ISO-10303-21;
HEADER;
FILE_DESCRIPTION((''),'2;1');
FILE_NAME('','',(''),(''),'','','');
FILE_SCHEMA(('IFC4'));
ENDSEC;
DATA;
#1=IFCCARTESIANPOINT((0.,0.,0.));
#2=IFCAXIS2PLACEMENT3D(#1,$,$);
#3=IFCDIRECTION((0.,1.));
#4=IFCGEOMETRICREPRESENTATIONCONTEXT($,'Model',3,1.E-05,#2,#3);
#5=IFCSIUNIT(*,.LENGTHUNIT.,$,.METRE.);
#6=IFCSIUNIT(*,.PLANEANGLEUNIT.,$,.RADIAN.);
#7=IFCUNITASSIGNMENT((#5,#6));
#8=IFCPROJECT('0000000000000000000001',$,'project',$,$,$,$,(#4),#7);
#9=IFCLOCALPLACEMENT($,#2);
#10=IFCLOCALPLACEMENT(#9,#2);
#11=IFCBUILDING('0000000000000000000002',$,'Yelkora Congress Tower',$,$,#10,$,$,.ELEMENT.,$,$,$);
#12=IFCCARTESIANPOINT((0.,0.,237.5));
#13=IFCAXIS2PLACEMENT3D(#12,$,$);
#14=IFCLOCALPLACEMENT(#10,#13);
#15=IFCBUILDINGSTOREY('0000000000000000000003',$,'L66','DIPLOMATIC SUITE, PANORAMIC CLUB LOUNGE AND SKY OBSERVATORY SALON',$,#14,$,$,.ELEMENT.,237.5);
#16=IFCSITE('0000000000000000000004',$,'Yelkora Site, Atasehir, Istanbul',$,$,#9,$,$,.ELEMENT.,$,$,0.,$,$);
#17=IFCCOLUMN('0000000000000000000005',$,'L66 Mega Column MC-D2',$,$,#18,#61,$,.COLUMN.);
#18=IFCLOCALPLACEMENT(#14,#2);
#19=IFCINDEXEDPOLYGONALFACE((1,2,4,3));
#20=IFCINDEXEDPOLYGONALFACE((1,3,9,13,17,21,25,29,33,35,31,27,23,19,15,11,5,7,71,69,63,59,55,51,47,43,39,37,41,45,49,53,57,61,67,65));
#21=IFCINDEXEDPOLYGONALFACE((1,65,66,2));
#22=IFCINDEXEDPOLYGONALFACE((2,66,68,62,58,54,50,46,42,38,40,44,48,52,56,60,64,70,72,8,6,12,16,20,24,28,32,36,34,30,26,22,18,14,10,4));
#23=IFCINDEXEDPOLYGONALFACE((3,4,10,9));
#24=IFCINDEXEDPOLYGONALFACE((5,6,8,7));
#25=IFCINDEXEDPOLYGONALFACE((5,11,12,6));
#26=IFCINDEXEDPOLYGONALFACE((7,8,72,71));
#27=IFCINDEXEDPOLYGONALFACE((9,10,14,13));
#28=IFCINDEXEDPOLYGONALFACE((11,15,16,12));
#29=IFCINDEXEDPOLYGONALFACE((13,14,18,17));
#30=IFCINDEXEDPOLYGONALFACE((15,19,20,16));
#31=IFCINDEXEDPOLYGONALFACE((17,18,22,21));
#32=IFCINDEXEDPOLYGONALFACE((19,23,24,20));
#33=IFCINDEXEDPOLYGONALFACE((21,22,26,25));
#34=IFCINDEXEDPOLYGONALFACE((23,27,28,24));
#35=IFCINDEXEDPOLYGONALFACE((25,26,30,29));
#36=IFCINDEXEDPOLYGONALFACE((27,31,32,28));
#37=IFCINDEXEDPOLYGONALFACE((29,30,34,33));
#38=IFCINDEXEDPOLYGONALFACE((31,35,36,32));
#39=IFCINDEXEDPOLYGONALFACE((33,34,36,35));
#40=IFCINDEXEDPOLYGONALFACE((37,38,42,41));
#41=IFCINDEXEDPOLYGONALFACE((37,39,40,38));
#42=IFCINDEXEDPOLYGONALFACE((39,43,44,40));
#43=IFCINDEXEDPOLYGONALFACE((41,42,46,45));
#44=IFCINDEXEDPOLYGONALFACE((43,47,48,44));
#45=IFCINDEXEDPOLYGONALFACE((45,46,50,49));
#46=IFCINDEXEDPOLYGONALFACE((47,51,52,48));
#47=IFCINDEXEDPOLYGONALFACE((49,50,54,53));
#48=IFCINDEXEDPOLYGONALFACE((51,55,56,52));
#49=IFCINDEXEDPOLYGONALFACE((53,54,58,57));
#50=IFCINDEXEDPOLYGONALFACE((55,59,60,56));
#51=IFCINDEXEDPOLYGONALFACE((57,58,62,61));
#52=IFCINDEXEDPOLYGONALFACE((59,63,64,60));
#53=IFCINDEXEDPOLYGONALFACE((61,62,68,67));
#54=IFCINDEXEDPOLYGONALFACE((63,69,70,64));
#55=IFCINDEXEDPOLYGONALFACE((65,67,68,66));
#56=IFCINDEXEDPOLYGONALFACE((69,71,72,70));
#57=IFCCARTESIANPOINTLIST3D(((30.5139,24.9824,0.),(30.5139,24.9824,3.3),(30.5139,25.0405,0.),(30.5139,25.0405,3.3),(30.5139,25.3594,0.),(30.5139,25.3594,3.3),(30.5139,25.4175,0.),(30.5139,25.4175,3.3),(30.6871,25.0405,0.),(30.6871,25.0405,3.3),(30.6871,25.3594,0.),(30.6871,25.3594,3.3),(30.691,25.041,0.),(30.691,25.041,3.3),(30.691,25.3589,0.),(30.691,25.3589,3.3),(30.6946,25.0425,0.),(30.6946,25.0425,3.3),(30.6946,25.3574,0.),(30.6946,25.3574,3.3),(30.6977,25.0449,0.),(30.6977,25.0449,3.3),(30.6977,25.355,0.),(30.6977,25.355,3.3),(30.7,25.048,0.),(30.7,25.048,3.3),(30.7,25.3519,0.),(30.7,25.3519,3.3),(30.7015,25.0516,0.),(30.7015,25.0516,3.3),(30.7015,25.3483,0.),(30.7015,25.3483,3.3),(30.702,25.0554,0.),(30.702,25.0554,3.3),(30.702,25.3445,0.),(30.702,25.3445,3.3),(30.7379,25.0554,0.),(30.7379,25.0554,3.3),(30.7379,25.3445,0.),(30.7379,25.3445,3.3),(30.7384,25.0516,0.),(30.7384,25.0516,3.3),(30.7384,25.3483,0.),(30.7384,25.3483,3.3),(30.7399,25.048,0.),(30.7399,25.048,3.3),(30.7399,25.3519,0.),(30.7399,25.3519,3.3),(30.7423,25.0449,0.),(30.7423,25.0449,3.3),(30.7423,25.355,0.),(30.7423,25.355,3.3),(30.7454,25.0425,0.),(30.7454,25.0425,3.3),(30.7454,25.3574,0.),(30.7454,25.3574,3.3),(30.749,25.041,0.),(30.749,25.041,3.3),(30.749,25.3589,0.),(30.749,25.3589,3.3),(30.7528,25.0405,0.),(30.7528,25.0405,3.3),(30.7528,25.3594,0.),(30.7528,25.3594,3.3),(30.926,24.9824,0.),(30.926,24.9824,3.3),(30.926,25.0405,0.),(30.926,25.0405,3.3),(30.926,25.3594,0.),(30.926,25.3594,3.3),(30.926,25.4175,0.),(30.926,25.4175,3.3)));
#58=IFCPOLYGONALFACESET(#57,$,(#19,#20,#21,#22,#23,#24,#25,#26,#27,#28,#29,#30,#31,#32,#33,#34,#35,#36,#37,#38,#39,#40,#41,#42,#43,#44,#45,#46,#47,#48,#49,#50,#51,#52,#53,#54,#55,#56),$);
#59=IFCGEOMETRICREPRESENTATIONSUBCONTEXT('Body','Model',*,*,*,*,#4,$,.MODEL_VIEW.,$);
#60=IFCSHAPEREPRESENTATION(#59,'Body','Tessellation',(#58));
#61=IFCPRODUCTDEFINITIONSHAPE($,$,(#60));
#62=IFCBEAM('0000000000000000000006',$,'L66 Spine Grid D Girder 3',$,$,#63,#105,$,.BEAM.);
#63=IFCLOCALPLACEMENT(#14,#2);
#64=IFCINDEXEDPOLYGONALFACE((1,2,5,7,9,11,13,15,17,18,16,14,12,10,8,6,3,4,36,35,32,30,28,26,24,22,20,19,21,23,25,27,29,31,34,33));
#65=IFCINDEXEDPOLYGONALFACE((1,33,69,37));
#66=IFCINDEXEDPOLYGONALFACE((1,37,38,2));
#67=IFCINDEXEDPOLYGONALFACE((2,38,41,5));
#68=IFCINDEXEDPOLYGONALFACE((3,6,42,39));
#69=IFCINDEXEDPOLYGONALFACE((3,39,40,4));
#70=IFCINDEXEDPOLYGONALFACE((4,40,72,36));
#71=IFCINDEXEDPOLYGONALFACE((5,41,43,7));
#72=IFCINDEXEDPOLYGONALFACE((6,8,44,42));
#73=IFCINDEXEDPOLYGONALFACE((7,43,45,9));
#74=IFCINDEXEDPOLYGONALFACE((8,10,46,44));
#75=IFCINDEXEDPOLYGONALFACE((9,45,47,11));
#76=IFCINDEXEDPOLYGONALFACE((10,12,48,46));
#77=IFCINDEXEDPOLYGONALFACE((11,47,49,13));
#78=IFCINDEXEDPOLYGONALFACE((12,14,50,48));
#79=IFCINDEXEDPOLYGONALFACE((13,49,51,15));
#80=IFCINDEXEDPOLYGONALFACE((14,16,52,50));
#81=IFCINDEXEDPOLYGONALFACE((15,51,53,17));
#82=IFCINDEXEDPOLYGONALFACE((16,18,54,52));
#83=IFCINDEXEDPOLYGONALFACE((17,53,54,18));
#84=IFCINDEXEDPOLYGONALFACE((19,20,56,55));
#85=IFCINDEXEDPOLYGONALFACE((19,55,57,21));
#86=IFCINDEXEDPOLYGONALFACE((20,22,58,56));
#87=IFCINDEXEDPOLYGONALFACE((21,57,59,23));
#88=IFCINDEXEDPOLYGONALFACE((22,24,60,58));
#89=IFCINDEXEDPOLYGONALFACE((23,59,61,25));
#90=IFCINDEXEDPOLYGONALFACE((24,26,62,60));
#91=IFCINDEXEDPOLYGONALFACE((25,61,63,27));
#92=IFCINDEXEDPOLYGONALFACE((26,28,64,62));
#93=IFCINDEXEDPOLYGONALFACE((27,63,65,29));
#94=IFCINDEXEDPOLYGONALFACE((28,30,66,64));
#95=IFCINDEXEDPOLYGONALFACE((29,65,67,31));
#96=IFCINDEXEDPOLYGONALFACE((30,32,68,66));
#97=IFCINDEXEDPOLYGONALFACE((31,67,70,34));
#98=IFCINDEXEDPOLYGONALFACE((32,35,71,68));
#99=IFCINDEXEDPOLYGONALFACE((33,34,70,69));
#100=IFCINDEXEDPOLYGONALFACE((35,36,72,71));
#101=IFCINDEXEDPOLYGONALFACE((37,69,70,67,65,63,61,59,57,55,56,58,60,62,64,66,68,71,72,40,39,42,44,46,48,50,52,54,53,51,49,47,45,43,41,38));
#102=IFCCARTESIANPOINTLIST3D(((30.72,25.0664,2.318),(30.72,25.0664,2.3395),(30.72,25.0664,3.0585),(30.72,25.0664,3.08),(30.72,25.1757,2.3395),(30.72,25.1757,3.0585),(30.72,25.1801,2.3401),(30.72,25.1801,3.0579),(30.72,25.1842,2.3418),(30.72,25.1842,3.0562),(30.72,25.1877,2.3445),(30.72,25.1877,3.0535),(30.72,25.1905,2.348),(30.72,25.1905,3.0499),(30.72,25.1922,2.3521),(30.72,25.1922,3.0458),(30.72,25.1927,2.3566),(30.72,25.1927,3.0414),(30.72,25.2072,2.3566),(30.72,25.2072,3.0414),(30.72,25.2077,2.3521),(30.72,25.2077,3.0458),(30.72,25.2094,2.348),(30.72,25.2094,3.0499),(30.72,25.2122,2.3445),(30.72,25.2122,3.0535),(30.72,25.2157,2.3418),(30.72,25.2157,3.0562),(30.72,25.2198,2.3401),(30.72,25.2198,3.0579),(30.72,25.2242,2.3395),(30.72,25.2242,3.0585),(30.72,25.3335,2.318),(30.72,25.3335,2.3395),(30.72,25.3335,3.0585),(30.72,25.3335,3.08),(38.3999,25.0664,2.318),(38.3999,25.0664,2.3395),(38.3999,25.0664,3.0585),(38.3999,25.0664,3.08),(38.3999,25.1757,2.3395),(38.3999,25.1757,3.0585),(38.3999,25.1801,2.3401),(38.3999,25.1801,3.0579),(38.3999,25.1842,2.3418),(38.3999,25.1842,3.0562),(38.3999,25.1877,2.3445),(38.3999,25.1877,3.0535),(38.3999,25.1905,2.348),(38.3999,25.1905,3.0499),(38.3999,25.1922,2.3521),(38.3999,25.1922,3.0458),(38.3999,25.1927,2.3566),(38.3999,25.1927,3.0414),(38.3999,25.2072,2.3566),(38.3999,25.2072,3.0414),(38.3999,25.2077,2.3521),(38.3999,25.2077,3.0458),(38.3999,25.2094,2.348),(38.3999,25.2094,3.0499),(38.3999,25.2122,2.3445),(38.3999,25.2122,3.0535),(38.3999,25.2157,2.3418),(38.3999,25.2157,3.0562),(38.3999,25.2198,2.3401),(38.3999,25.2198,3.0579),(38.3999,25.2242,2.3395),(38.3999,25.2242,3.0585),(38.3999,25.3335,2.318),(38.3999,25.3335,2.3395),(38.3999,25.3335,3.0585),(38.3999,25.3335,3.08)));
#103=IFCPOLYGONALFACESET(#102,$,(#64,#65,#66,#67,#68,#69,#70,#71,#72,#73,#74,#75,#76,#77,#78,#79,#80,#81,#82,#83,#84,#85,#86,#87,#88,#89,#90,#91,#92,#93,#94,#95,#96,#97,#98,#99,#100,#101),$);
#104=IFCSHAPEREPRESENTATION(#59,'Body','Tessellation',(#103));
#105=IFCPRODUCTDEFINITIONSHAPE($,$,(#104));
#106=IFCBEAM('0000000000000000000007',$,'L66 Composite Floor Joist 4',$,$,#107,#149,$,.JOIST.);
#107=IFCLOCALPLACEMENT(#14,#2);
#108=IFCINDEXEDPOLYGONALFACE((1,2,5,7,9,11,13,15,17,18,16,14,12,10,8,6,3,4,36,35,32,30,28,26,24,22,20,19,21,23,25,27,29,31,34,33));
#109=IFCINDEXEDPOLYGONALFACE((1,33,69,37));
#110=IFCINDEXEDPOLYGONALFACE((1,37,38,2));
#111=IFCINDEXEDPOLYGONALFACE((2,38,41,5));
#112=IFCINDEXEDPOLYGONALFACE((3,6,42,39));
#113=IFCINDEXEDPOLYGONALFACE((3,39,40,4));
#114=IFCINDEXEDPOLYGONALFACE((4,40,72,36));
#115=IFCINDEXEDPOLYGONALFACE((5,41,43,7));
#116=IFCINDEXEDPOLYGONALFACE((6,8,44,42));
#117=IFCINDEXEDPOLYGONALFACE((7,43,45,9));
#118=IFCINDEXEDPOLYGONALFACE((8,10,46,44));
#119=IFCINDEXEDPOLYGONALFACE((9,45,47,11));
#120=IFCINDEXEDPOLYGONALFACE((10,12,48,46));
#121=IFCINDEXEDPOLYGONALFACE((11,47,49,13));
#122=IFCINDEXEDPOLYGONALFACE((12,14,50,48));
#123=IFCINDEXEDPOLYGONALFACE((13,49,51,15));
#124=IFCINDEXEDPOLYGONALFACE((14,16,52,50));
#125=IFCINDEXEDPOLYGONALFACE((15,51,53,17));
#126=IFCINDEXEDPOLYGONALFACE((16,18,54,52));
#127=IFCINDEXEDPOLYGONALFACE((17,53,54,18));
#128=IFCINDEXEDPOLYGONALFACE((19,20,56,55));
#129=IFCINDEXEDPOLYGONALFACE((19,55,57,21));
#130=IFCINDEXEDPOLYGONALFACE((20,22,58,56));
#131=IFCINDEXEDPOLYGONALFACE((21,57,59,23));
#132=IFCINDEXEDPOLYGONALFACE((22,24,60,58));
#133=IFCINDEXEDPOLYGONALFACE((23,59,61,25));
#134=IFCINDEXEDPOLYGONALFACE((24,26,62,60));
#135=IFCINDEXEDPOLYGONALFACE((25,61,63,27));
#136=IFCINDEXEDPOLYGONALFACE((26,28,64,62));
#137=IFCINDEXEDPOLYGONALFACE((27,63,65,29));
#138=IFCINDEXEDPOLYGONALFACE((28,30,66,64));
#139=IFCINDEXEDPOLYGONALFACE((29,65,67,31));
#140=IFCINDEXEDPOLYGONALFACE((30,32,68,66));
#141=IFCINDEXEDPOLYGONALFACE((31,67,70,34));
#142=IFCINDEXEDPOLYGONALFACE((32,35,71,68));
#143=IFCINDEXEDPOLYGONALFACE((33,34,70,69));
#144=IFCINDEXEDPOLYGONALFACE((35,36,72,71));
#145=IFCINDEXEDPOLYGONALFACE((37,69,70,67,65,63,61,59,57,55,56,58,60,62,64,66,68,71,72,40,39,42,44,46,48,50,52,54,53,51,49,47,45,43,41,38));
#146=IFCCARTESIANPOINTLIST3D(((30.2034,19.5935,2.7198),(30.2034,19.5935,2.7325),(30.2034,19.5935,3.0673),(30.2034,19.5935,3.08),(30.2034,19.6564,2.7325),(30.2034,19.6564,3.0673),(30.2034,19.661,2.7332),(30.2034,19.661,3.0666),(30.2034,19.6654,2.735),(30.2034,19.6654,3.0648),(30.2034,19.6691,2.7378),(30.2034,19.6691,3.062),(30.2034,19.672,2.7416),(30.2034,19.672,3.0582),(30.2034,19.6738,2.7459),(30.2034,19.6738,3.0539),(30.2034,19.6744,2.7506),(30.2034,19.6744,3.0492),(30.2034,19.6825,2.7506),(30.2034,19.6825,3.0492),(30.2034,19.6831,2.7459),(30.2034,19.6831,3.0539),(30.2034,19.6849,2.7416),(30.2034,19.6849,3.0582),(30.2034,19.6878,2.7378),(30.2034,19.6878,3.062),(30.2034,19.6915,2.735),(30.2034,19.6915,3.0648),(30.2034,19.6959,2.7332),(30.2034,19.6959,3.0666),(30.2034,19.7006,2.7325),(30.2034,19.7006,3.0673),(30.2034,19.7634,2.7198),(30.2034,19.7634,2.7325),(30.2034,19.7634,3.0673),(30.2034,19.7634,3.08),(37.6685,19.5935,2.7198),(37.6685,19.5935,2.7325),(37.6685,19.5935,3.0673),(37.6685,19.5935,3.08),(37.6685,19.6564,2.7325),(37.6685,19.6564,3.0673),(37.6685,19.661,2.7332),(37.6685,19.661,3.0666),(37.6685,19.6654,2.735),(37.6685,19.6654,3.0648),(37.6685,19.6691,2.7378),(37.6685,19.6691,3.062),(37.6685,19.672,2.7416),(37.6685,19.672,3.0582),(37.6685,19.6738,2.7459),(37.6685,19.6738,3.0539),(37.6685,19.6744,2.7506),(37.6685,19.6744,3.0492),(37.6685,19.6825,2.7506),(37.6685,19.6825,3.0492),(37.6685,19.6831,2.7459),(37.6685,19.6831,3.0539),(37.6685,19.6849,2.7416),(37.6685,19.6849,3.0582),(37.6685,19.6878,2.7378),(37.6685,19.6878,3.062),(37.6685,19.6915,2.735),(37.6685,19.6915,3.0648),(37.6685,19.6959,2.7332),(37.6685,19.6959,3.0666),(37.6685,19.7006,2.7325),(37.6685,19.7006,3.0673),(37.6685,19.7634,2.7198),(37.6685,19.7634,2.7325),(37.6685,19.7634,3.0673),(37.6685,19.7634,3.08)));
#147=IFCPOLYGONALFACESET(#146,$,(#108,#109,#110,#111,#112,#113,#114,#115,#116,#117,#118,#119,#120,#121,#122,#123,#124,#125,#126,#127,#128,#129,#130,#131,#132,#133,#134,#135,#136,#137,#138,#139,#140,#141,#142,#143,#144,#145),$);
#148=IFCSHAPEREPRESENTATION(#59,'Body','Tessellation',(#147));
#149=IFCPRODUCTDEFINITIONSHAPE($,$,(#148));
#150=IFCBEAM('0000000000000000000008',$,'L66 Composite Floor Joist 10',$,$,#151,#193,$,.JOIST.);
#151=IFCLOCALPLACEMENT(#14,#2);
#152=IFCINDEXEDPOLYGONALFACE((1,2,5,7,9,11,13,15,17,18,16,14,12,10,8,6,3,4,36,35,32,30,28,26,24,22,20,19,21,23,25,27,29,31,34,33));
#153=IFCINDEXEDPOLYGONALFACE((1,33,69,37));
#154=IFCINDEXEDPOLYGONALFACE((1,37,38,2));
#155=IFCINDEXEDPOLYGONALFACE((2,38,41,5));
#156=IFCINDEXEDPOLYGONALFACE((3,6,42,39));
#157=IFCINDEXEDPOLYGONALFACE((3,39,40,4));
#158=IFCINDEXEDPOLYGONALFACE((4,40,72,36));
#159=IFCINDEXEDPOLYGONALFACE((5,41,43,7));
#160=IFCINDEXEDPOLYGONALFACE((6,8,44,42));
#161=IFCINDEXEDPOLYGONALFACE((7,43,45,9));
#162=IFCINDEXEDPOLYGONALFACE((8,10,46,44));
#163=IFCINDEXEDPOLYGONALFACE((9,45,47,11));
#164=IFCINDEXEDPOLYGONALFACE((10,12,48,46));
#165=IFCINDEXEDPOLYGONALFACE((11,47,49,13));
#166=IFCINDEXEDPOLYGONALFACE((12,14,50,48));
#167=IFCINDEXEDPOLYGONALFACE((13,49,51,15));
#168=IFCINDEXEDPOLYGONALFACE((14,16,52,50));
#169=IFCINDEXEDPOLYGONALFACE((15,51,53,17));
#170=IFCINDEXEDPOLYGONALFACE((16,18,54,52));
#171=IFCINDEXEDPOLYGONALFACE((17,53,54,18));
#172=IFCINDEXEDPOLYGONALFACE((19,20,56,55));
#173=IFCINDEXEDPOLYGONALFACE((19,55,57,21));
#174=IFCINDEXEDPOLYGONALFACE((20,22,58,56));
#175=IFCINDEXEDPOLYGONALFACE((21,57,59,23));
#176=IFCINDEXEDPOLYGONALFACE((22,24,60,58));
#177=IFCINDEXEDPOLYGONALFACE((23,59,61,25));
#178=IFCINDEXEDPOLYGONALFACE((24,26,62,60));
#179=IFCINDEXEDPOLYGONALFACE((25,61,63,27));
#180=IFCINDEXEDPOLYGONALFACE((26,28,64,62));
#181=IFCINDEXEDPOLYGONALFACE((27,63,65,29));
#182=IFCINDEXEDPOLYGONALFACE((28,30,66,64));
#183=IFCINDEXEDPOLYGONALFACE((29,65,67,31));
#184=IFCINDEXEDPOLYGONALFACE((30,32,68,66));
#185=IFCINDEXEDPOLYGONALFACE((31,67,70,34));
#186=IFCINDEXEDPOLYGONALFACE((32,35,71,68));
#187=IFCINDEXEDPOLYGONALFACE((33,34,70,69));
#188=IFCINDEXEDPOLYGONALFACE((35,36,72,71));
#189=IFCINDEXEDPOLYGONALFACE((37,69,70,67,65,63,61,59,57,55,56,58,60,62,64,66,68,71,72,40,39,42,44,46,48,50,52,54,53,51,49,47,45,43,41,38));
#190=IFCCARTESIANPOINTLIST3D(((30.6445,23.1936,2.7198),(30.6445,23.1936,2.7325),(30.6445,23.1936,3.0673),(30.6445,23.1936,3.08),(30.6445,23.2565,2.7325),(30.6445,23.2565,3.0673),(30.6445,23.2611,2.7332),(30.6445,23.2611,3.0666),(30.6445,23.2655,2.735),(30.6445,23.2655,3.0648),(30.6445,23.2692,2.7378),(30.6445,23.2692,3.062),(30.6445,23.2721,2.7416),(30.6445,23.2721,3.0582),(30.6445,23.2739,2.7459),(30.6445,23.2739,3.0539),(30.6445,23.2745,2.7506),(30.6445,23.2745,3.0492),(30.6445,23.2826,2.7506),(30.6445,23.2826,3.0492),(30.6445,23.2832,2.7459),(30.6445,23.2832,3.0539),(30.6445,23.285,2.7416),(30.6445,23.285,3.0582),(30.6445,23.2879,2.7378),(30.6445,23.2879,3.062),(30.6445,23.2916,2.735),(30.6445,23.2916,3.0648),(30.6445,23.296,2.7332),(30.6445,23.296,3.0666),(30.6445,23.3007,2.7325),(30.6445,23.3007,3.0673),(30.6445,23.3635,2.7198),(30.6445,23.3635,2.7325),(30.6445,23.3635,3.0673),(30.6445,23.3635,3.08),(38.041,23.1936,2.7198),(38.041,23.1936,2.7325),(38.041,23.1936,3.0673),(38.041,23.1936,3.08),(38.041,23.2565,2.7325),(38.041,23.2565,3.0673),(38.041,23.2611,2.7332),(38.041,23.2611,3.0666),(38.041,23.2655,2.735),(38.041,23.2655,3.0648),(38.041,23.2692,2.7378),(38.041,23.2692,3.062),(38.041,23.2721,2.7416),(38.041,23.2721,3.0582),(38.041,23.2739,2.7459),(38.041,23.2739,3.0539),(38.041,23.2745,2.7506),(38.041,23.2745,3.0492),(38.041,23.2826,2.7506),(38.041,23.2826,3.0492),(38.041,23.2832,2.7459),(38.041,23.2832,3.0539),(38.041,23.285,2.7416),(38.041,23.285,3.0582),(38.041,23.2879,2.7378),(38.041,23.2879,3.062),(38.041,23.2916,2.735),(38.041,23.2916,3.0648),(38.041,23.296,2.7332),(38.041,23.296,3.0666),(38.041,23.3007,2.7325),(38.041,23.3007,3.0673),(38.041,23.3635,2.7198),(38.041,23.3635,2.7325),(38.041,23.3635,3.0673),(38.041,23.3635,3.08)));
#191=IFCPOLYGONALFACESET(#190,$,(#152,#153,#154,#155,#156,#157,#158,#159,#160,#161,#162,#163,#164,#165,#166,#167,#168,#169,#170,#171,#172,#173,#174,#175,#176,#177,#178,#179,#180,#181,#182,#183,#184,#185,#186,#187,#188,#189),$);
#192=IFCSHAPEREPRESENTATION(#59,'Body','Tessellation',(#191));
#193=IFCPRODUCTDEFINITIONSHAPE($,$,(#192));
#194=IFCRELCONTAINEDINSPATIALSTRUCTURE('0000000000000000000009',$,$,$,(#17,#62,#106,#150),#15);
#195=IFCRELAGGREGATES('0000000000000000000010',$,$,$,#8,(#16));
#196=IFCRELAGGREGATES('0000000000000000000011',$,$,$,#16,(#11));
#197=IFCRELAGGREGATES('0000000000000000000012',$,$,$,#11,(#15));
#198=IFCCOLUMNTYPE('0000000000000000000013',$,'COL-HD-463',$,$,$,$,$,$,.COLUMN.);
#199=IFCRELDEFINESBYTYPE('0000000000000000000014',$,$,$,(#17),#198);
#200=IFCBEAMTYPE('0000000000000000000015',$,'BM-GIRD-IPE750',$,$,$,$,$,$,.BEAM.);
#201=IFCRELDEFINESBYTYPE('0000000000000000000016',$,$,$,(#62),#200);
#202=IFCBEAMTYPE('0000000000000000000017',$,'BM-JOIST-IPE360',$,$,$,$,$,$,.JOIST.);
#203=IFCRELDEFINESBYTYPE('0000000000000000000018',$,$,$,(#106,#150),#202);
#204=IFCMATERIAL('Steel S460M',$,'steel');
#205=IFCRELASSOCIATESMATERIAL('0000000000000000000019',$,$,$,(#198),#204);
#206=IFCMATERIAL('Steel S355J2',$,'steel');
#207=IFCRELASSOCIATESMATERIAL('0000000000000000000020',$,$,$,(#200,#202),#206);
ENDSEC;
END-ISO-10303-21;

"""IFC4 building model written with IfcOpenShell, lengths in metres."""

from ifc_helpers import new_model, si_unit, direction, frame, origin, origin_2d, place, context, subcontext, project, spatial, i_section, extrude, material, material_profile, profile_set, type_object, element, save


model = new_model("IFC4")

# Units and contexts
model_context = context("Model", 3, precision=1e-05, world=origin(), true_north=direction((0.0, 1.0)))
body_context = subcontext(model_context, "Body", "Model", "MODEL_VIEW")
ifc_project = project(units=[si_unit("LENGTHUNIT", "METRE"), si_unit("PLANEANGLEUNIT", "RADIAN")], contexts=[model_context])

# Site, building, storey
site_placement = place(None, origin())
site = spatial("IfcSite", under=ifc_project, at=site_placement, Name="Yelkora Site, Atasehir, Istanbul", CompositionType="ELEMENT", RefElevation=0.0)
building_placement = place(site_placement, origin())
building = spatial("IfcBuilding", under=site, at=building_placement, Name="Yelkora Congress Tower", CompositionType="ELEMENT")
storey_placement = place(building_placement, frame((0.0, 0.0, 237.5)))
storey = spatial("IfcBuildingStorey", under=building, at=storey_placement, Name="L66", Description="DIPLOMATIC SUITE, PANORAMIC CLUB LOUNGE AND SKY OBSERVATORY SALON", CompositionType="ELEMENT", Elevation=237.5)

# Column
ifc_material_1 = material(Name="Steel S460M", Category="steel")
ifc_material_profile_1 = material_profile(ifc_material_1, i_section(OverallWidth=0.4121, OverallDepth=0.4351, WebThickness=0.0359, FlangeThickness=0.0581, FilletRadius=0.0149, at=origin_2d()), Name="HD 400x463")
ifc_profile_set_1 = profile_set([ifc_material_profile_1], Name="Steel S460M")
column_type = type_object("IfcColumnType", Name="COL-HD-463", PredefinedType="COLUMN", material=ifc_profile_set_1)
column_placement = place(storey_placement, frame((30.72, 25.2, 0.0), z_axis=(0.0, 0.0, 1.0), x_axis=(1.0, 0.0, 0.0)))
element("IfcColumn", 1, at=column_placement, inside=storey, type_object=column_type, Name="L66 Mega Column MC-D2", PredefinedType="COLUMN", context=body_context, shape_type="SweptSolid", body=[
    extrude(i_section(OverallWidth=0.4121, OverallDepth=0.4351, WebThickness=0.0359, FlangeThickness=0.0581, FilletRadius=0.0149, at=origin_2d()), origin(), (0.0, 0.0, 1.0), 3.3),
])

# Beams
ifc_material_2 = material(Name="Steel S355J2", Category="steel")
ifc_material_profile_2 = material_profile(ifc_material_2, i_section(OverallWidth=0.2671, OverallDepth=0.762, WebThickness=0.0144, FlangeThickness=0.0215, FilletRadius=0.0171, at=origin_2d()), Name="IPE 750x173")
ifc_profile_set_2 = profile_set([ifc_material_profile_2], Name="Steel S355J2")
beam_type_1 = type_object("IfcBeamType", Name="BM-GIRD-IPE750", PredefinedType="BEAM", material=ifc_profile_set_2)
beam_1_placement = place(storey_placement, frame((30.72, 25.2, 2.699), z_axis=(1.0, 0.0, 0.0), x_axis=(0.0, 1.0, 0.0)))
element("IfcBeam", 2, at=beam_1_placement, inside=storey, type_object=beam_type_1, Name="L66 Spine Grid D Girder 3", PredefinedType="BEAM", context=body_context, shape_type="SweptSolid", body=[
    extrude(i_section(OverallWidth=0.2671, OverallDepth=0.762, WebThickness=0.0144, FlangeThickness=0.0215, FilletRadius=0.0171, at=origin_2d()), origin(), (0.0, 0.0, 1.0), 7.6799),
])
ifc_material_profile_3 = material_profile(ifc_material_2, i_section(OverallWidth=0.1699, OverallDepth=0.3601, WebThickness=0.0081, FlangeThickness=0.0127, FilletRadius=0.0181, at=origin_2d()), Name="IPE 360")
ifc_profile_set_3 = profile_set([ifc_material_profile_3], Name="Steel S355J2")
beam_type_2 = type_object("IfcBeamType", Name="BM-JOIST-IPE360", PredefinedType="JOIST", material=ifc_profile_set_3)
beam_2_placement = place(storey_placement, frame((30.2034, 19.6785, 2.8999), z_axis=(1.0, 0.0, 0.0), x_axis=(0.0, 1.0, 0.0)))
element("IfcBeam", 3, at=beam_2_placement, inside=storey, type_object=beam_type_2, Name="L66 Composite Floor Joist 4", PredefinedType="JOIST", context=body_context, shape_type="SweptSolid", body=[
    extrude(i_section(OverallWidth=0.1699, OverallDepth=0.3601, WebThickness=0.0081, FlangeThickness=0.0127, FilletRadius=0.0181, at=origin_2d()), origin(), (0.0, 0.0, 1.0), 7.4651),
])
beam_3_placement = place(storey_placement, frame((30.6445, 23.2786, 2.8999), z_axis=(1.0, 0.0, 0.0), x_axis=(0.0, 1.0, 0.0)))
element("IfcBeam", 4, at=beam_3_placement, inside=storey, type_object=beam_type_2, Name="L66 Composite Floor Joist 10", PredefinedType="JOIST", context=body_context, shape_type="SweptSolid", body=[
    extrude(i_section(OverallWidth=0.1699, OverallDepth=0.3601, WebThickness=0.0081, FlangeThickness=0.0127, FilletRadius=0.0181, at=origin_2d()), origin(), (0.0, 0.0, 1.0), 7.3965),
])

save(model, "model.ifc")
